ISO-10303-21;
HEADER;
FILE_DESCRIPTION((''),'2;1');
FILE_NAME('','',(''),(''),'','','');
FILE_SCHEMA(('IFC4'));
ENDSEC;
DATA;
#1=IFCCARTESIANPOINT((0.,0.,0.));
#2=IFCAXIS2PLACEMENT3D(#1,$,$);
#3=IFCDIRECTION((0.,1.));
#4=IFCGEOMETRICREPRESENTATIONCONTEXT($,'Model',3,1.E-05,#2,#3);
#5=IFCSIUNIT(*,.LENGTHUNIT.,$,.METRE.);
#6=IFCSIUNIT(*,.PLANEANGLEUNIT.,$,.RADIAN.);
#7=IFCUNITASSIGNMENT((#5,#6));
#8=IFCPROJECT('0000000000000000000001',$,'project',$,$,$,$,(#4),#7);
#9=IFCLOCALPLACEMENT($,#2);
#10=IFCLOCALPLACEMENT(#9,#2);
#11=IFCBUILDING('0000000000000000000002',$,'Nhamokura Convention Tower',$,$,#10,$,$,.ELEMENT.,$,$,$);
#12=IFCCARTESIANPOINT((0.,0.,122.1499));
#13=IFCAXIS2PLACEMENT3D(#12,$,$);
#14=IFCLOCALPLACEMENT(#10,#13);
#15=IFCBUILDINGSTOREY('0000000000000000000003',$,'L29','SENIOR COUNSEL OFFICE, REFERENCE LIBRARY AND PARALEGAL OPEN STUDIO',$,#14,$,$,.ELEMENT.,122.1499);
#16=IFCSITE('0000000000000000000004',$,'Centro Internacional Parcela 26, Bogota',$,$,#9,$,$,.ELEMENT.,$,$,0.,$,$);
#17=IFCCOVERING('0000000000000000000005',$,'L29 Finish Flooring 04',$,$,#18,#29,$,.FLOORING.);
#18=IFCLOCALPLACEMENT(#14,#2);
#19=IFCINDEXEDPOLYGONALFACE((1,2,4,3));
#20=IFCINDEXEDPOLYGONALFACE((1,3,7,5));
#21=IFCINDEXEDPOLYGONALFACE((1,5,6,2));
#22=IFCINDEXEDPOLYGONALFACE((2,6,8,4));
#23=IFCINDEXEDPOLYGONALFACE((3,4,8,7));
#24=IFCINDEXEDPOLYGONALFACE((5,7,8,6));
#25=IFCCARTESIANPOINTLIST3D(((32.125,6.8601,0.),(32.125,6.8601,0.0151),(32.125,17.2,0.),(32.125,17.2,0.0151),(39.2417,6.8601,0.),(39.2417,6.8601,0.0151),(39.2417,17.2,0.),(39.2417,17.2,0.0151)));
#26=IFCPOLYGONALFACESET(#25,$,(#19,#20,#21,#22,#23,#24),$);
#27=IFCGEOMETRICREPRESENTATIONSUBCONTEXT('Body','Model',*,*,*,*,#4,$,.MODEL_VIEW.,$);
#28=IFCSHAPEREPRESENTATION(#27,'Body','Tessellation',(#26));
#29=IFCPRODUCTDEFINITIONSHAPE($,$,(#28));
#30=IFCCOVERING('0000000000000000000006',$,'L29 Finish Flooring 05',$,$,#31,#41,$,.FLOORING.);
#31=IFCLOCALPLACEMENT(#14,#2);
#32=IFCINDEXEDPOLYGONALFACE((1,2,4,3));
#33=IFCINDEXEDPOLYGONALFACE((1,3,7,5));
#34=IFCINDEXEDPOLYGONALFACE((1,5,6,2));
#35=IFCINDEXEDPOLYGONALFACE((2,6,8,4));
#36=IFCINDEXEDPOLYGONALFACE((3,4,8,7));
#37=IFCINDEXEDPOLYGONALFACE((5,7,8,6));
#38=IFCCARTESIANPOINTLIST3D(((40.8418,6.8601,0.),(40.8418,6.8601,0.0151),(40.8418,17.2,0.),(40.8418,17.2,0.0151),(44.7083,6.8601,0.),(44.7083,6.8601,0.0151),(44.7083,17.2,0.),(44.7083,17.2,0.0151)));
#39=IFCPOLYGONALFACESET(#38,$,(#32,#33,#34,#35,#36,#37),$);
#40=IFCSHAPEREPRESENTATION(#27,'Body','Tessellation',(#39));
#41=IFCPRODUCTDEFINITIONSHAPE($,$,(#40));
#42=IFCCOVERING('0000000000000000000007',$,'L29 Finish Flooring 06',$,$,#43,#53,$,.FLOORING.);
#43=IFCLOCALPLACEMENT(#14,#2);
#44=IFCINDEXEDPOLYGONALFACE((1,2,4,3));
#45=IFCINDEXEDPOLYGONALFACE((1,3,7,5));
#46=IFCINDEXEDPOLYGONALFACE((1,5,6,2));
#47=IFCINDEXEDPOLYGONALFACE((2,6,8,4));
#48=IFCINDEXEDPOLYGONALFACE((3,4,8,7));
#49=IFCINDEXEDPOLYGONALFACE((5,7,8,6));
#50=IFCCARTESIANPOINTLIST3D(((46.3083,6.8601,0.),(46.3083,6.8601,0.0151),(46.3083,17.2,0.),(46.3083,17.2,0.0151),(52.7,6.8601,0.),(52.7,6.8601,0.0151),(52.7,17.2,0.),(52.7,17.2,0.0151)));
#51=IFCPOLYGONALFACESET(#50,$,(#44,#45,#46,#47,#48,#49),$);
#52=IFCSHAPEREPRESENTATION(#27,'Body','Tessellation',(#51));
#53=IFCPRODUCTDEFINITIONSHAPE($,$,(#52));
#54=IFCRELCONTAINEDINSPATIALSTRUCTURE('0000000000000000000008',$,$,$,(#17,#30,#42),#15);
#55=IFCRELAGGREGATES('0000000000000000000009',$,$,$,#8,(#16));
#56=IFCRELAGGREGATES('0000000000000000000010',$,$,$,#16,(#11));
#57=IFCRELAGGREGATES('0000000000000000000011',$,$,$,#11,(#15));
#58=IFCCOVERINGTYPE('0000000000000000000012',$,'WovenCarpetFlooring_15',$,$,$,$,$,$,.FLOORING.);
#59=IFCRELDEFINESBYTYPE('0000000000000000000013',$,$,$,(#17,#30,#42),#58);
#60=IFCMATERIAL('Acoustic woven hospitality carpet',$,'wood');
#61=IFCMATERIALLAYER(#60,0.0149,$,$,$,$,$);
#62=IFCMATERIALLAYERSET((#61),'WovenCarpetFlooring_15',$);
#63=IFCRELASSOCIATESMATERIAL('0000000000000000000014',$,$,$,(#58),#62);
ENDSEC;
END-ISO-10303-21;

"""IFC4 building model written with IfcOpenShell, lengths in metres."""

from ifc_helpers import new_model, si_unit, direction, frame, origin, place, context, subcontext, project, spatial, polyline, outline, extrude, material, layer, layer_set, type_object, element, save


model = new_model("IFC4")

# Units and contexts
model_context = context("Model", 3, precision=1e-05, world=origin(), true_north=direction((0.0, 1.0)))
body_context = subcontext(model_context, "Body", "Model", "MODEL_VIEW")
ifc_project = project(units=[si_unit("LENGTHUNIT", "METRE"), si_unit("PLANEANGLEUNIT", "RADIAN")], contexts=[model_context])

# Site, building, storey
site_placement = place(None, origin())
site = spatial("IfcSite", under=ifc_project, at=site_placement, Name="Centro Internacional Parcela 26, Bogota", CompositionType="ELEMENT", RefElevation=0.0)
building_placement = place(site_placement, origin())
building = spatial("IfcBuilding", under=site, at=building_placement, Name="Nhamokura Convention Tower", CompositionType="ELEMENT")
storey_placement = place(building_placement, frame((0.0, 0.0, 122.1499)))
storey = spatial("IfcBuildingStorey", under=building, at=storey_placement, Name="L29", Description="SENIOR COUNSEL OFFICE, REFERENCE LIBRARY AND PARALEGAL OPEN STUDIO", CompositionType="ELEMENT", Elevation=122.1499)

# Coverings
ifc_material_1 = material(Name="Acoustic woven hospitality carpet", Category="wood")
ifc_layer_1 = layer(ifc_material_1, 0.0149)
ifc_layer_set_1 = layer_set([ifc_layer_1], Name="WovenCarpetFlooring_15")
covering_type_1 = type_object("IfcCoveringType", Name="WovenCarpetFlooring_15", PredefinedType="FLOORING", material=ifc_layer_set_1)
covering_1_placement = place(storey_placement, origin())
element("IfcCovering", 1, at=covering_1_placement, inside=storey, type_object=covering_type_1, Name="L29 Finish Flooring 04", PredefinedType="FLOORING", context=body_context, shape_type="SweptSolid", body=[
    extrude(outline(polyline([(32.125, 6.8601), (39.2417, 6.8601), (39.2417, 17.2), (32.125, 17.2), (32.125, 6.8601)])), origin(), (0.0, 0.0, 1.0), 0.0151),
])
covering_2_placement = place(storey_placement, origin())
element("IfcCovering", 2, at=covering_2_placement, inside=storey, type_object=covering_type_1, Name="L29 Finish Flooring 05", PredefinedType="FLOORING", context=body_context, shape_type="SweptSolid", body=[
    extrude(outline(polyline([(40.8418, 6.8601), (44.7083, 6.8601), (44.7083, 17.2), (40.8418, 17.2), (40.8418, 6.8601)])), origin(), (0.0, 0.0, 1.0), 0.0151),
])
covering_3_placement = place(storey_placement, origin())
element("IfcCovering", 3, at=covering_3_placement, inside=storey, type_object=covering_type_1, Name="L29 Finish Flooring 06", PredefinedType="FLOORING", context=body_context, shape_type="SweptSolid", body=[
    extrude(outline(polyline([(46.3083, 6.8601), (52.7, 6.8601), (52.7, 17.2), (46.3083, 17.2), (46.3083, 6.8601)])), origin(), (0.0, 0.0, 1.0), 0.0151),
])

save(model, "model.ifc")
